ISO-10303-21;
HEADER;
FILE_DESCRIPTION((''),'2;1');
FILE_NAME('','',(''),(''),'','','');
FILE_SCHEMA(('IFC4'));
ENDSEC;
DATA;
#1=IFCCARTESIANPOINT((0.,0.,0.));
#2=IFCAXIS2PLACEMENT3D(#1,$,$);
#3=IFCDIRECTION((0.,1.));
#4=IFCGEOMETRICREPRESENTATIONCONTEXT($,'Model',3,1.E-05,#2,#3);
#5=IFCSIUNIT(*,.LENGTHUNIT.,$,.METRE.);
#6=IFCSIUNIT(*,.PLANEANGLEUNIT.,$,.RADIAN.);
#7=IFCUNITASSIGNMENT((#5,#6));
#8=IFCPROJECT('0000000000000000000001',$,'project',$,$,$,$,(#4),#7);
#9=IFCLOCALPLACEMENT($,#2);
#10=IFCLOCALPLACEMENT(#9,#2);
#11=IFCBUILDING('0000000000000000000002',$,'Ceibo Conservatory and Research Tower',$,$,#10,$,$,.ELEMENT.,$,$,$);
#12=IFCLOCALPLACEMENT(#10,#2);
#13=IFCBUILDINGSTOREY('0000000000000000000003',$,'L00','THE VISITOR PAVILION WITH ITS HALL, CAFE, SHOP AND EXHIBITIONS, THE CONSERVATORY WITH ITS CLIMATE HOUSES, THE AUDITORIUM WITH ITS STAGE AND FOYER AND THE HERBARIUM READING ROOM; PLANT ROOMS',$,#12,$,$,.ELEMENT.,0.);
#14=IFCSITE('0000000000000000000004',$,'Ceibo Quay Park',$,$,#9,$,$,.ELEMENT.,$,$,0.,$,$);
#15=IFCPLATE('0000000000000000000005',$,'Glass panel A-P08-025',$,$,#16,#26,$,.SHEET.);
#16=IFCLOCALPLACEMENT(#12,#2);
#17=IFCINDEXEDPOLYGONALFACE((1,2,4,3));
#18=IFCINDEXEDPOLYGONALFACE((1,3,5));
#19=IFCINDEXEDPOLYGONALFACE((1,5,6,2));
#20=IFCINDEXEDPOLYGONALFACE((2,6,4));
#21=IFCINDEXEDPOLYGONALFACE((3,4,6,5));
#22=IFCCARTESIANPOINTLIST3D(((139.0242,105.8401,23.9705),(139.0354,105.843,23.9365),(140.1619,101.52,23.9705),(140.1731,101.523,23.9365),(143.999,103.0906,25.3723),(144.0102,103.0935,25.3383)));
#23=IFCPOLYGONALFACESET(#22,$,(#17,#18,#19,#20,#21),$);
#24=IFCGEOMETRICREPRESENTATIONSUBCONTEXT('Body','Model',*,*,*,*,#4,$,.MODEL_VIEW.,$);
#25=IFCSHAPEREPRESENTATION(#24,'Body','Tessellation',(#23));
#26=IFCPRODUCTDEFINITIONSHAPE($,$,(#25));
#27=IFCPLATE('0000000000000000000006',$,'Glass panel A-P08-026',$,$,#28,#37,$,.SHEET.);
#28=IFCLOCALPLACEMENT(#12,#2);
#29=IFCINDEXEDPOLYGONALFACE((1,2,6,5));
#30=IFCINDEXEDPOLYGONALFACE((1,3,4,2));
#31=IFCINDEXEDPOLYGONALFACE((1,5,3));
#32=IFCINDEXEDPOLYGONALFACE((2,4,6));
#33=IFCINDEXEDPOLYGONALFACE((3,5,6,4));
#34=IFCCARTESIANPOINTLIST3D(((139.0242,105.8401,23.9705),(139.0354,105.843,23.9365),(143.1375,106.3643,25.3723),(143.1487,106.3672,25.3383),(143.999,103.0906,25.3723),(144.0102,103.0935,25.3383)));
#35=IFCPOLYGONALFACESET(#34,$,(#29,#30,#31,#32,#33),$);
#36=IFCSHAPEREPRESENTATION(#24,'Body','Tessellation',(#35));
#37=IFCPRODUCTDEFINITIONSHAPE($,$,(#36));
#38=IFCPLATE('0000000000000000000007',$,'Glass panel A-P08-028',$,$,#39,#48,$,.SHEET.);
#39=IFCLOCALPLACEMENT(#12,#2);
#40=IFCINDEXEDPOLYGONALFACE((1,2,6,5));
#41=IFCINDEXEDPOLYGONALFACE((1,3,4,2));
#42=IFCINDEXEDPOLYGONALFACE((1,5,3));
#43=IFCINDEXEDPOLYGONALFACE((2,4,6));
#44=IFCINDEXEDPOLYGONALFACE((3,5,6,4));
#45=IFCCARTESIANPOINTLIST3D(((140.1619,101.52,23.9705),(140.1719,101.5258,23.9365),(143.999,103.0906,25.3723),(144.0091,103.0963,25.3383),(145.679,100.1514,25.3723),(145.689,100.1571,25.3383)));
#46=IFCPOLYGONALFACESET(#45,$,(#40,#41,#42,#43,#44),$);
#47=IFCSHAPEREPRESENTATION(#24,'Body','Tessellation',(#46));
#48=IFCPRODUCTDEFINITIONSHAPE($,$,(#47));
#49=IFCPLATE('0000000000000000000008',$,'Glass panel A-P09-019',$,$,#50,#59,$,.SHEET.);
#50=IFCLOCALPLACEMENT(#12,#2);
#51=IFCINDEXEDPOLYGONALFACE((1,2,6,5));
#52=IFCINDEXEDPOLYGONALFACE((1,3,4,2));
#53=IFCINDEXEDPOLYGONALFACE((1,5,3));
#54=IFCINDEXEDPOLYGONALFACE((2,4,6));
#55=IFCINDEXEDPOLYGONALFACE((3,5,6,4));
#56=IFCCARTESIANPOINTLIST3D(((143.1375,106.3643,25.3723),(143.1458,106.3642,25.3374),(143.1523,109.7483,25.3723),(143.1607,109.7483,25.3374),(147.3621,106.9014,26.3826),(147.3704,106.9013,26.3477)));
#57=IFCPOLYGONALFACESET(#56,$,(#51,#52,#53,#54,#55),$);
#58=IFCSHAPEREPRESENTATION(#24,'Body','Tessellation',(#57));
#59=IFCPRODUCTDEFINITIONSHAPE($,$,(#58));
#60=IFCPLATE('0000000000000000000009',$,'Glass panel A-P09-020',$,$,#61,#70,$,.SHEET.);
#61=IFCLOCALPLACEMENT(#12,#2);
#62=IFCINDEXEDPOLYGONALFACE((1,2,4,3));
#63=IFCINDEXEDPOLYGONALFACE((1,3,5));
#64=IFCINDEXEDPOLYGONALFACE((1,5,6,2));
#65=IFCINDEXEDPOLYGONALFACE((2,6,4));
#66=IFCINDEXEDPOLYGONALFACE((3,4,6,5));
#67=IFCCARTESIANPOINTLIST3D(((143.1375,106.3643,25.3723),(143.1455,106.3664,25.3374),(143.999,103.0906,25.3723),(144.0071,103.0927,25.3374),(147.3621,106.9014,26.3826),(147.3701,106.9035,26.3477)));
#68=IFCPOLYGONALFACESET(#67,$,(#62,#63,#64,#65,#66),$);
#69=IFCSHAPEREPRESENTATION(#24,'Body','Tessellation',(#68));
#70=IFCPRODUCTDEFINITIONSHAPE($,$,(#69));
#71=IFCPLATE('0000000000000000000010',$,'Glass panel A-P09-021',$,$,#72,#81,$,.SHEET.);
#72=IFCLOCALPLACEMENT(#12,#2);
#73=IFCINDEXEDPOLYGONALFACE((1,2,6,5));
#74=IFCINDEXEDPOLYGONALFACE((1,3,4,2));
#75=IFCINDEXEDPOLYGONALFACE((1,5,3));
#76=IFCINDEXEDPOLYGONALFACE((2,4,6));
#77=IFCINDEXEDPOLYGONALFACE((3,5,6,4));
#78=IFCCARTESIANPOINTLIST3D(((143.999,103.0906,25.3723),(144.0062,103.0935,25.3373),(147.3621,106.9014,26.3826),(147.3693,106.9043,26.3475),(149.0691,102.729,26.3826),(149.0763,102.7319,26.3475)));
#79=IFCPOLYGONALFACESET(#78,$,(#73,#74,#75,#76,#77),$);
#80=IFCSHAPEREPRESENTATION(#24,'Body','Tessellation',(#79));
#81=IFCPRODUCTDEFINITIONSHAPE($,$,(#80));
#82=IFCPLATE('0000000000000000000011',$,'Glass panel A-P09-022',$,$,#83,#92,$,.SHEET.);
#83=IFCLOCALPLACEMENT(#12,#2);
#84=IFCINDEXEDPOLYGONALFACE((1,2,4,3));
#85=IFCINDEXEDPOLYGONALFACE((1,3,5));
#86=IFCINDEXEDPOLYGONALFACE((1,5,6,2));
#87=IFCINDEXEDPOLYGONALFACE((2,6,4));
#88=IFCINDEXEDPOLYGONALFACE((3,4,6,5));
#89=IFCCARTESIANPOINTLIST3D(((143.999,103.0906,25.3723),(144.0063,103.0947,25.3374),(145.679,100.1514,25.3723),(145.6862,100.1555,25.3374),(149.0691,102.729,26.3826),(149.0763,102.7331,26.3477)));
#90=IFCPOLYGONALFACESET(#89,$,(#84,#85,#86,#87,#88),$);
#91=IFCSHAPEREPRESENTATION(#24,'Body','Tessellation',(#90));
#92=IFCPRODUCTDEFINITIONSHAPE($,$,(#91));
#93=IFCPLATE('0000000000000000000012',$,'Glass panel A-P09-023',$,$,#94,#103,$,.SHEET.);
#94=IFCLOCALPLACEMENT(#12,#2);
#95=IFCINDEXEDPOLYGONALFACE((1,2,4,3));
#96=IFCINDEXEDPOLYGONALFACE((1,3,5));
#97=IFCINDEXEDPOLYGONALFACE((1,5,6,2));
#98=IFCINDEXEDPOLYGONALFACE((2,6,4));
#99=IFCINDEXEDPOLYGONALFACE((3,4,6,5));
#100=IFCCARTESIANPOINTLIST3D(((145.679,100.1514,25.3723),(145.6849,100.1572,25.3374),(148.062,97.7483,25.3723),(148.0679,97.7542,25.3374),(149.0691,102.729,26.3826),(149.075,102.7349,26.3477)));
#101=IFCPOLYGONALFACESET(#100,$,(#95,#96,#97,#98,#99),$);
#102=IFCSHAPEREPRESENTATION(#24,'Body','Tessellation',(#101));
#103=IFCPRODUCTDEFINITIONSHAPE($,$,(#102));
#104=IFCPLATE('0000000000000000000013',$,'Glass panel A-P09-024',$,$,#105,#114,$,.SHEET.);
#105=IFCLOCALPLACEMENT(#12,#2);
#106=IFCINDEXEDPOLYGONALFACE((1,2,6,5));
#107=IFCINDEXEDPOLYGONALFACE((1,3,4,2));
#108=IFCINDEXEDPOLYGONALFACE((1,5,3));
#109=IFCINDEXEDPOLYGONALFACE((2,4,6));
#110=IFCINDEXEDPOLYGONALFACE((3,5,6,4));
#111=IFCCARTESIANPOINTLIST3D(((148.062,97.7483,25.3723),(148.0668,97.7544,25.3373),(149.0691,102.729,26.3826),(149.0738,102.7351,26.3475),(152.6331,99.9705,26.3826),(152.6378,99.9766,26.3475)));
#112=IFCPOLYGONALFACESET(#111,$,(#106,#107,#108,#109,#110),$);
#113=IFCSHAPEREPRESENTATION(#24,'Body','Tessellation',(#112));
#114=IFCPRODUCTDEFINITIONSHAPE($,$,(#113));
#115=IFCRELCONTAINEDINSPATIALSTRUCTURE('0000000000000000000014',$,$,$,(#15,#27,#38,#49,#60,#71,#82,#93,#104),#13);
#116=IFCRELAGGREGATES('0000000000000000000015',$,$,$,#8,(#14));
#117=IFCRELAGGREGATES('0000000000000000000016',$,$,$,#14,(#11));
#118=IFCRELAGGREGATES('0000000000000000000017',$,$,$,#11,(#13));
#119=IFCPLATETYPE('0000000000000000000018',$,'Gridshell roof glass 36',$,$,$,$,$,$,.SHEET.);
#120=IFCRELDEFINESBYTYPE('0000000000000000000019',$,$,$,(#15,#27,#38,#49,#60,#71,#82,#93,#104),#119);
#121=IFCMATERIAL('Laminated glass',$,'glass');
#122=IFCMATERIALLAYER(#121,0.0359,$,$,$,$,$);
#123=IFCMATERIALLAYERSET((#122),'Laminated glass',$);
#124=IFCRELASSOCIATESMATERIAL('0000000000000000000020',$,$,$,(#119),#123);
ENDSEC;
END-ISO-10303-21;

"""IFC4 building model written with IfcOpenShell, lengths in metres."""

from ifc_helpers import new_model, si_unit, direction, frame, origin, place, context, subcontext, project, spatial, polyline, outline, extrude, material, layer, layer_set, type_object, element, save


model = new_model("IFC4")

# Units and contexts
model_context = context("Model", 3, precision=1e-05, world=origin(), true_north=direction((0.0, 1.0)))
body_context = subcontext(model_context, "Body", "Model", "MODEL_VIEW")
ifc_project = project(units=[si_unit("LENGTHUNIT", "METRE"), si_unit("PLANEANGLEUNIT", "RADIAN")], contexts=[model_context])

# Site, building, storey
site_placement = place(None, origin())
site = spatial("IfcSite", under=ifc_project, at=site_placement, Name="Ceibo Quay Park", CompositionType="ELEMENT", RefElevation=0.0)
building_placement = place(site_placement, origin())
building = spatial("IfcBuilding", under=site, at=building_placement, Name="Ceibo Conservatory and Research Tower", CompositionType="ELEMENT")
storey_placement = place(building_placement, origin())
storey = spatial("IfcBuildingStorey", under=building, at=storey_placement, Name="L00", Description="THE VISITOR PAVILION WITH ITS HALL, CAFE, SHOP AND EXHIBITIONS, THE CONSERVATORY WITH ITS CLIMATE HOUSES, THE AUDITORIUM WITH ITS STAGE AND FOYER AND THE HERBARIUM READING ROOM; PLANT ROOMS", CompositionType="ELEMENT", Elevation=0.0)

# Plates
ifc_material_1 = material(Name="Laminated glass", Category="glass")
ifc_layer = layer(ifc_material_1, 0.0359)
ifc_layer_set = layer_set([ifc_layer], Name="Laminated glass")
plate_type = type_object("IfcPlateType", Name="Gridshell roof glass 36", PredefinedType="SHEET", material=ifc_layer_set)
plate_1_placement = place(storey_placement, frame((139.0242, 105.8401, 23.9705), z_axis=(-0.312137, -0.082202, 0.946474), x_axis=(0.254668, -0.967029, 0.0)))
element("IfcPlate", 1, at=plate_1_placement, inside=storey, type_object=plate_type, Name="Glass panel A-P08-025", PredefinedType="SHEET", context=body_context, shape_type="SweptSolid", body=[
    extrude(outline(polyline([(0.0, 0.0), (4.4674, 0.0), (3.9258, 4.3431), (0.0, 0.0)])), origin(), (0.0, 0.0, -1.0), 0.0359),
])
plate_2_placement = place(storey_placement, frame((139.0242, 105.8401, 23.9705), z_axis=(-0.312107, -0.082141, 0.946489), x_axis=(0.849761, -0.469648, 0.239453)))
element("IfcPlate", 2, at=plate_2_placement, inside=storey, type_object=plate_type, Name="Glass panel A-P08-026", PredefinedType="SHEET", context=body_context, shape_type="SweptSolid", body=[
    extrude(outline(polyline([(0.0, 0.0), (5.8544, 0.0), (3.5848, 2.5116), (0.0, 0.0)])), origin(), (0.0, 0.0, -1.0), 0.0359),
])
plate_3_placement = place(storey_placement, frame((140.1619, 101.52, 23.9705), z_axis=(-0.280227, -0.160166, 0.946478), x_axis=(0.942347, -0.233773, 0.239444)))
element("IfcPlate", 3, at=plate_3_placement, inside=storey, type_object=plate_type, Name="Glass panel A-P08-028", PredefinedType="SHEET", context=body_context, shape_type="SweptSolid", body=[
    extrude(outline(polyline([(0.0, 0.0), (5.8546, 0.0), (3.5844, 2.5115), (0.0, 0.0)])), origin(), (0.0, 0.0, -1.0), 0.0359),
])
plate_4_placement = place(storey_placement, frame((147.3621, 106.9014, 26.3826), z_axis=(-0.232701, 0.001024, 0.972548), x_axis=(-0.812461, 0.549447, -0.194976)))
element("IfcPlate", 4, at=plate_4_placement, inside=storey, type_object=plate_type, Name="Glass panel A-P09-019", PredefinedType="SHEET", context=body_context, shape_type="SweptSolid", body=[
    extrude(outline(polyline([(0.0, 0.0), (5.1814, 0.0), (3.3342, 2.8354), (0.0, 0.0)])), origin(), (0.0, 0.0, -1.0), 0.0359),
])
plate_5_placement = place(storey_placement, frame((147.3621, 106.9014, 26.3826), z_axis=(-0.225041, -0.059227, 0.972548), x_axis=(-0.965227, -0.122717, -0.23082)))
element("IfcPlate", 5, at=plate_5_placement, inside=storey, type_object=plate_type, Name="Glass panel A-P09-020", PredefinedType="SHEET", context=body_context, shape_type="SweptSolid", body=[
    extrude(outline(polyline([(0.0, 0.0), (4.3768, 0.0), (3.9469, 3.3578), (0.0, 0.0)])), origin(), (0.0, 0.0, -1.0), 0.0359),
])
plate_6_placement = place(storey_placement, frame((147.3621, 106.9014, 26.3826), z_axis=(-0.200379, -0.081981, 0.976282), x_axis=(-0.648989, -0.735395, -0.194956)))
element("IfcPlate", 6, at=plate_6_placement, inside=storey, type_object=plate_type, Name="Glass panel A-P09-021", PredefinedType="SHEET", context=body_context, shape_type="SweptSolid", body=[
    extrude(outline(polyline([(0.0, 0.0), (5.182, 0.0), (1.9605, 4.0594), (0.0, 0.0)])), origin(), (0.0, 0.0, -1.0), 0.0359),
])
plate_7_placement = place(storey_placement, frame((149.0691, 102.729, 26.3826), z_axis=(-0.202023, -0.115468, 0.97255), x_axis=(-0.97833, 0.06977, -0.194941)))
element("IfcPlate", 7, at=plate_7_placement, inside=storey, type_object=plate_type, Name="Glass panel A-P09-022", PredefinedType="SHEET", context=body_context, shape_type="SweptSolid", body=[
    extrude(outline(polyline([(0.0, 0.0), (5.1824, 0.0), (3.3338, 2.8362), (0.0, 0.0)])), origin(), (0.0, 0.0, -1.0), 0.0359),
])
plate_8_placement = place(storey_placement, frame((149.0691, 102.729, 26.3826), z_axis=(-0.165232, -0.163856, 0.972548), x_axis=(-0.77454, -0.588909, -0.230811)))
element("IfcPlate", 8, at=plate_8_placement, inside=storey, type_object=plate_type, Name="Glass panel A-P09-023", PredefinedType="SHEET", context=body_context, shape_type="SweptSolid", body=[
    extrude(outline(polyline([(0.0, 0.0), (4.377, 0.0), (3.9464, 3.3568), (0.0, 0.0)])), origin(), (0.0, 0.0, -1.0), 0.0359),
])
plate_9_placement = place(storey_placement, frame((149.0691, 102.729, 26.3826), z_axis=(-0.13253, -0.171225, 0.976278), x_axis=(-0.194381, -0.96135, -0.194994)))
element("IfcPlate", 9, at=plate_9_placement, inside=storey, type_object=plate_type, Name="Glass panel A-P09-024", PredefinedType="SHEET", context=body_context, shape_type="SweptSolid", body=[
    extrude(outline(polyline([(0.0, 0.0), (5.181, 0.0), (1.9592, 4.0587), (0.0, 0.0)])), origin(), (0.0, 0.0, -1.0), 0.0359),
])

save(model, "model.ifc")
